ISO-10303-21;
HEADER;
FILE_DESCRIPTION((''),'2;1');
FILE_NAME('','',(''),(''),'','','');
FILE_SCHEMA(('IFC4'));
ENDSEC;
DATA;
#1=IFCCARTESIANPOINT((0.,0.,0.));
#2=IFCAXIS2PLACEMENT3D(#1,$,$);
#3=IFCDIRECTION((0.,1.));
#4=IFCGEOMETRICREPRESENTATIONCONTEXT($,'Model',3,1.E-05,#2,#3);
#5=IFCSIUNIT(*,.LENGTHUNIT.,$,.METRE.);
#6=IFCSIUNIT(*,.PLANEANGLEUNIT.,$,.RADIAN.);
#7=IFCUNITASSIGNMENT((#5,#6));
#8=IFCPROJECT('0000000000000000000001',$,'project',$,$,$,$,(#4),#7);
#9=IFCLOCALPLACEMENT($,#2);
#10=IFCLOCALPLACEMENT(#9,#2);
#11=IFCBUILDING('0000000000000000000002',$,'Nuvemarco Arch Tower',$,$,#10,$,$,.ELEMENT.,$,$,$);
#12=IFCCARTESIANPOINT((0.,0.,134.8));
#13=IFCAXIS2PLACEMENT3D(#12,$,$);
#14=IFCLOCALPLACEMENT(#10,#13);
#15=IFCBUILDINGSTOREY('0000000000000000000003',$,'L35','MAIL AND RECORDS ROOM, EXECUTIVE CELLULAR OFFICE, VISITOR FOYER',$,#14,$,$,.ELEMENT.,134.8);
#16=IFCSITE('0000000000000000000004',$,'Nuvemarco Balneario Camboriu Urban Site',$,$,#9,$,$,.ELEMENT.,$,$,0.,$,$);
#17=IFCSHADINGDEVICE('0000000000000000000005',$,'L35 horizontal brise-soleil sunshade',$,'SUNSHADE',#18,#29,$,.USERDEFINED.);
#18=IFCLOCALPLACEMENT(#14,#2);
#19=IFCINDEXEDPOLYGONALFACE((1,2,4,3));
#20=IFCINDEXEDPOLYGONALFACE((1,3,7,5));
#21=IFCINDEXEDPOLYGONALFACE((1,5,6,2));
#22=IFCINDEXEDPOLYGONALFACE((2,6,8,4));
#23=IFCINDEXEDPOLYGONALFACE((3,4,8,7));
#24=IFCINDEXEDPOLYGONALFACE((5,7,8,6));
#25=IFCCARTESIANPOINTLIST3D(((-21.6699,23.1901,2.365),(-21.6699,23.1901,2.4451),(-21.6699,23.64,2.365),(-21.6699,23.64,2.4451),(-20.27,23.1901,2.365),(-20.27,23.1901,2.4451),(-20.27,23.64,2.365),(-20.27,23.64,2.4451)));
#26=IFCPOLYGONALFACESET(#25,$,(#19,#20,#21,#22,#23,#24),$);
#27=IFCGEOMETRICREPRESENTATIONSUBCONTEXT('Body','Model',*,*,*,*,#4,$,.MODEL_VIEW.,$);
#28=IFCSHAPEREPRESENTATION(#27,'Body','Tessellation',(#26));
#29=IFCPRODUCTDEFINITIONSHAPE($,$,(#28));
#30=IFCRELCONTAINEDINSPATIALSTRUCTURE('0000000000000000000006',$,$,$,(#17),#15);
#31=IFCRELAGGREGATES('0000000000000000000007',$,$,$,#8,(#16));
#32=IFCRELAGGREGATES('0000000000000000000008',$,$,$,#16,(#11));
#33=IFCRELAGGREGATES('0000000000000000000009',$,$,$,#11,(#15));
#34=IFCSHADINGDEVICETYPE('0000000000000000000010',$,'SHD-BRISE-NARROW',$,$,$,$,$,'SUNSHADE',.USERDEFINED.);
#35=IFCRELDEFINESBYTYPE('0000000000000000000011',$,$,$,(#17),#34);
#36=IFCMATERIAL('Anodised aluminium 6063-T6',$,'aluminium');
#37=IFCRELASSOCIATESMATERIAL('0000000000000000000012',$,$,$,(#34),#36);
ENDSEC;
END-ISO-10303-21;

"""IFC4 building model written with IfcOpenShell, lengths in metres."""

from ifc_helpers import new_model, si_unit, direction, frame, origin, origin_2d, place, context, subcontext, project, spatial, rectangle, extrude, source, transform, mapped, material, type_object, type_shapes, element, save


model = new_model("IFC4")

# Units and contexts
model_context = context("Model", 3, precision=1e-05, world=origin(), true_north=direction((0.0, 1.0)))
body_context = subcontext(model_context, "Body", "Model", "MODEL_VIEW")
ifc_project = project(units=[si_unit("LENGTHUNIT", "METRE"), si_unit("PLANEANGLEUNIT", "RADIAN")], contexts=[model_context])

# Site, building, storey
site_placement = place(None, origin())
site = spatial("IfcSite", under=ifc_project, at=site_placement, Name="Nuvemarco Balneario Camboriu Urban Site", CompositionType="ELEMENT", RefElevation=0.0)
building_placement = place(site_placement, origin())
building = spatial("IfcBuilding", under=site, at=building_placement, Name="Nuvemarco Arch Tower", CompositionType="ELEMENT")
storey_placement = place(building_placement, frame((0.0, 0.0, 134.8)))
storey = spatial("IfcBuildingStorey", under=building, at=storey_placement, Name="L35", Description="MAIL AND RECORDS ROOM, EXECUTIVE CELLULAR OFFICE, VISITOR FOYER", CompositionType="ELEMENT", Elevation=134.8)

# Shading device
ifc_material_1 = material(Name="Anodised aluminium 6063-T6", Category="aluminium")
shading_device_type = type_object("IfcShadingDeviceType", Name="SHD-BRISE-NARROW", ElementType="SUNSHADE", PredefinedType="USERDEFINED", material=ifc_material_1)
shared_shape_1 = source(origin(), body_context, "Body", "SweptSolid", [
    extrude(rectangle(XDim=1.3999, YDim=0.45, at=origin_2d()), origin(), (0.0, 0.0, 1.0), 0.0801),
])
type_shapes(shading_device_type, [shared_shape_1])
shading_device_placement = place(storey_placement, frame((-20.97, 23.415, 2.365), z_axis=(0.0, 0.0, 1.0), x_axis=(1.0, 0.0, 0.0)))
element("IfcShadingDevice", 1, at=shading_device_placement, inside=storey, type_object=shading_device_type, Name="L35 horizontal brise-soleil sunshade", ObjectType="SUNSHADE", PredefinedType="USERDEFINED", context=body_context, shape_type="MappedRepresentation", body=[
    mapped(shared_shape_1, transform((0.0, 0.0, 0.0), scale=1.0)),
])

save(model, "model.ifc")
